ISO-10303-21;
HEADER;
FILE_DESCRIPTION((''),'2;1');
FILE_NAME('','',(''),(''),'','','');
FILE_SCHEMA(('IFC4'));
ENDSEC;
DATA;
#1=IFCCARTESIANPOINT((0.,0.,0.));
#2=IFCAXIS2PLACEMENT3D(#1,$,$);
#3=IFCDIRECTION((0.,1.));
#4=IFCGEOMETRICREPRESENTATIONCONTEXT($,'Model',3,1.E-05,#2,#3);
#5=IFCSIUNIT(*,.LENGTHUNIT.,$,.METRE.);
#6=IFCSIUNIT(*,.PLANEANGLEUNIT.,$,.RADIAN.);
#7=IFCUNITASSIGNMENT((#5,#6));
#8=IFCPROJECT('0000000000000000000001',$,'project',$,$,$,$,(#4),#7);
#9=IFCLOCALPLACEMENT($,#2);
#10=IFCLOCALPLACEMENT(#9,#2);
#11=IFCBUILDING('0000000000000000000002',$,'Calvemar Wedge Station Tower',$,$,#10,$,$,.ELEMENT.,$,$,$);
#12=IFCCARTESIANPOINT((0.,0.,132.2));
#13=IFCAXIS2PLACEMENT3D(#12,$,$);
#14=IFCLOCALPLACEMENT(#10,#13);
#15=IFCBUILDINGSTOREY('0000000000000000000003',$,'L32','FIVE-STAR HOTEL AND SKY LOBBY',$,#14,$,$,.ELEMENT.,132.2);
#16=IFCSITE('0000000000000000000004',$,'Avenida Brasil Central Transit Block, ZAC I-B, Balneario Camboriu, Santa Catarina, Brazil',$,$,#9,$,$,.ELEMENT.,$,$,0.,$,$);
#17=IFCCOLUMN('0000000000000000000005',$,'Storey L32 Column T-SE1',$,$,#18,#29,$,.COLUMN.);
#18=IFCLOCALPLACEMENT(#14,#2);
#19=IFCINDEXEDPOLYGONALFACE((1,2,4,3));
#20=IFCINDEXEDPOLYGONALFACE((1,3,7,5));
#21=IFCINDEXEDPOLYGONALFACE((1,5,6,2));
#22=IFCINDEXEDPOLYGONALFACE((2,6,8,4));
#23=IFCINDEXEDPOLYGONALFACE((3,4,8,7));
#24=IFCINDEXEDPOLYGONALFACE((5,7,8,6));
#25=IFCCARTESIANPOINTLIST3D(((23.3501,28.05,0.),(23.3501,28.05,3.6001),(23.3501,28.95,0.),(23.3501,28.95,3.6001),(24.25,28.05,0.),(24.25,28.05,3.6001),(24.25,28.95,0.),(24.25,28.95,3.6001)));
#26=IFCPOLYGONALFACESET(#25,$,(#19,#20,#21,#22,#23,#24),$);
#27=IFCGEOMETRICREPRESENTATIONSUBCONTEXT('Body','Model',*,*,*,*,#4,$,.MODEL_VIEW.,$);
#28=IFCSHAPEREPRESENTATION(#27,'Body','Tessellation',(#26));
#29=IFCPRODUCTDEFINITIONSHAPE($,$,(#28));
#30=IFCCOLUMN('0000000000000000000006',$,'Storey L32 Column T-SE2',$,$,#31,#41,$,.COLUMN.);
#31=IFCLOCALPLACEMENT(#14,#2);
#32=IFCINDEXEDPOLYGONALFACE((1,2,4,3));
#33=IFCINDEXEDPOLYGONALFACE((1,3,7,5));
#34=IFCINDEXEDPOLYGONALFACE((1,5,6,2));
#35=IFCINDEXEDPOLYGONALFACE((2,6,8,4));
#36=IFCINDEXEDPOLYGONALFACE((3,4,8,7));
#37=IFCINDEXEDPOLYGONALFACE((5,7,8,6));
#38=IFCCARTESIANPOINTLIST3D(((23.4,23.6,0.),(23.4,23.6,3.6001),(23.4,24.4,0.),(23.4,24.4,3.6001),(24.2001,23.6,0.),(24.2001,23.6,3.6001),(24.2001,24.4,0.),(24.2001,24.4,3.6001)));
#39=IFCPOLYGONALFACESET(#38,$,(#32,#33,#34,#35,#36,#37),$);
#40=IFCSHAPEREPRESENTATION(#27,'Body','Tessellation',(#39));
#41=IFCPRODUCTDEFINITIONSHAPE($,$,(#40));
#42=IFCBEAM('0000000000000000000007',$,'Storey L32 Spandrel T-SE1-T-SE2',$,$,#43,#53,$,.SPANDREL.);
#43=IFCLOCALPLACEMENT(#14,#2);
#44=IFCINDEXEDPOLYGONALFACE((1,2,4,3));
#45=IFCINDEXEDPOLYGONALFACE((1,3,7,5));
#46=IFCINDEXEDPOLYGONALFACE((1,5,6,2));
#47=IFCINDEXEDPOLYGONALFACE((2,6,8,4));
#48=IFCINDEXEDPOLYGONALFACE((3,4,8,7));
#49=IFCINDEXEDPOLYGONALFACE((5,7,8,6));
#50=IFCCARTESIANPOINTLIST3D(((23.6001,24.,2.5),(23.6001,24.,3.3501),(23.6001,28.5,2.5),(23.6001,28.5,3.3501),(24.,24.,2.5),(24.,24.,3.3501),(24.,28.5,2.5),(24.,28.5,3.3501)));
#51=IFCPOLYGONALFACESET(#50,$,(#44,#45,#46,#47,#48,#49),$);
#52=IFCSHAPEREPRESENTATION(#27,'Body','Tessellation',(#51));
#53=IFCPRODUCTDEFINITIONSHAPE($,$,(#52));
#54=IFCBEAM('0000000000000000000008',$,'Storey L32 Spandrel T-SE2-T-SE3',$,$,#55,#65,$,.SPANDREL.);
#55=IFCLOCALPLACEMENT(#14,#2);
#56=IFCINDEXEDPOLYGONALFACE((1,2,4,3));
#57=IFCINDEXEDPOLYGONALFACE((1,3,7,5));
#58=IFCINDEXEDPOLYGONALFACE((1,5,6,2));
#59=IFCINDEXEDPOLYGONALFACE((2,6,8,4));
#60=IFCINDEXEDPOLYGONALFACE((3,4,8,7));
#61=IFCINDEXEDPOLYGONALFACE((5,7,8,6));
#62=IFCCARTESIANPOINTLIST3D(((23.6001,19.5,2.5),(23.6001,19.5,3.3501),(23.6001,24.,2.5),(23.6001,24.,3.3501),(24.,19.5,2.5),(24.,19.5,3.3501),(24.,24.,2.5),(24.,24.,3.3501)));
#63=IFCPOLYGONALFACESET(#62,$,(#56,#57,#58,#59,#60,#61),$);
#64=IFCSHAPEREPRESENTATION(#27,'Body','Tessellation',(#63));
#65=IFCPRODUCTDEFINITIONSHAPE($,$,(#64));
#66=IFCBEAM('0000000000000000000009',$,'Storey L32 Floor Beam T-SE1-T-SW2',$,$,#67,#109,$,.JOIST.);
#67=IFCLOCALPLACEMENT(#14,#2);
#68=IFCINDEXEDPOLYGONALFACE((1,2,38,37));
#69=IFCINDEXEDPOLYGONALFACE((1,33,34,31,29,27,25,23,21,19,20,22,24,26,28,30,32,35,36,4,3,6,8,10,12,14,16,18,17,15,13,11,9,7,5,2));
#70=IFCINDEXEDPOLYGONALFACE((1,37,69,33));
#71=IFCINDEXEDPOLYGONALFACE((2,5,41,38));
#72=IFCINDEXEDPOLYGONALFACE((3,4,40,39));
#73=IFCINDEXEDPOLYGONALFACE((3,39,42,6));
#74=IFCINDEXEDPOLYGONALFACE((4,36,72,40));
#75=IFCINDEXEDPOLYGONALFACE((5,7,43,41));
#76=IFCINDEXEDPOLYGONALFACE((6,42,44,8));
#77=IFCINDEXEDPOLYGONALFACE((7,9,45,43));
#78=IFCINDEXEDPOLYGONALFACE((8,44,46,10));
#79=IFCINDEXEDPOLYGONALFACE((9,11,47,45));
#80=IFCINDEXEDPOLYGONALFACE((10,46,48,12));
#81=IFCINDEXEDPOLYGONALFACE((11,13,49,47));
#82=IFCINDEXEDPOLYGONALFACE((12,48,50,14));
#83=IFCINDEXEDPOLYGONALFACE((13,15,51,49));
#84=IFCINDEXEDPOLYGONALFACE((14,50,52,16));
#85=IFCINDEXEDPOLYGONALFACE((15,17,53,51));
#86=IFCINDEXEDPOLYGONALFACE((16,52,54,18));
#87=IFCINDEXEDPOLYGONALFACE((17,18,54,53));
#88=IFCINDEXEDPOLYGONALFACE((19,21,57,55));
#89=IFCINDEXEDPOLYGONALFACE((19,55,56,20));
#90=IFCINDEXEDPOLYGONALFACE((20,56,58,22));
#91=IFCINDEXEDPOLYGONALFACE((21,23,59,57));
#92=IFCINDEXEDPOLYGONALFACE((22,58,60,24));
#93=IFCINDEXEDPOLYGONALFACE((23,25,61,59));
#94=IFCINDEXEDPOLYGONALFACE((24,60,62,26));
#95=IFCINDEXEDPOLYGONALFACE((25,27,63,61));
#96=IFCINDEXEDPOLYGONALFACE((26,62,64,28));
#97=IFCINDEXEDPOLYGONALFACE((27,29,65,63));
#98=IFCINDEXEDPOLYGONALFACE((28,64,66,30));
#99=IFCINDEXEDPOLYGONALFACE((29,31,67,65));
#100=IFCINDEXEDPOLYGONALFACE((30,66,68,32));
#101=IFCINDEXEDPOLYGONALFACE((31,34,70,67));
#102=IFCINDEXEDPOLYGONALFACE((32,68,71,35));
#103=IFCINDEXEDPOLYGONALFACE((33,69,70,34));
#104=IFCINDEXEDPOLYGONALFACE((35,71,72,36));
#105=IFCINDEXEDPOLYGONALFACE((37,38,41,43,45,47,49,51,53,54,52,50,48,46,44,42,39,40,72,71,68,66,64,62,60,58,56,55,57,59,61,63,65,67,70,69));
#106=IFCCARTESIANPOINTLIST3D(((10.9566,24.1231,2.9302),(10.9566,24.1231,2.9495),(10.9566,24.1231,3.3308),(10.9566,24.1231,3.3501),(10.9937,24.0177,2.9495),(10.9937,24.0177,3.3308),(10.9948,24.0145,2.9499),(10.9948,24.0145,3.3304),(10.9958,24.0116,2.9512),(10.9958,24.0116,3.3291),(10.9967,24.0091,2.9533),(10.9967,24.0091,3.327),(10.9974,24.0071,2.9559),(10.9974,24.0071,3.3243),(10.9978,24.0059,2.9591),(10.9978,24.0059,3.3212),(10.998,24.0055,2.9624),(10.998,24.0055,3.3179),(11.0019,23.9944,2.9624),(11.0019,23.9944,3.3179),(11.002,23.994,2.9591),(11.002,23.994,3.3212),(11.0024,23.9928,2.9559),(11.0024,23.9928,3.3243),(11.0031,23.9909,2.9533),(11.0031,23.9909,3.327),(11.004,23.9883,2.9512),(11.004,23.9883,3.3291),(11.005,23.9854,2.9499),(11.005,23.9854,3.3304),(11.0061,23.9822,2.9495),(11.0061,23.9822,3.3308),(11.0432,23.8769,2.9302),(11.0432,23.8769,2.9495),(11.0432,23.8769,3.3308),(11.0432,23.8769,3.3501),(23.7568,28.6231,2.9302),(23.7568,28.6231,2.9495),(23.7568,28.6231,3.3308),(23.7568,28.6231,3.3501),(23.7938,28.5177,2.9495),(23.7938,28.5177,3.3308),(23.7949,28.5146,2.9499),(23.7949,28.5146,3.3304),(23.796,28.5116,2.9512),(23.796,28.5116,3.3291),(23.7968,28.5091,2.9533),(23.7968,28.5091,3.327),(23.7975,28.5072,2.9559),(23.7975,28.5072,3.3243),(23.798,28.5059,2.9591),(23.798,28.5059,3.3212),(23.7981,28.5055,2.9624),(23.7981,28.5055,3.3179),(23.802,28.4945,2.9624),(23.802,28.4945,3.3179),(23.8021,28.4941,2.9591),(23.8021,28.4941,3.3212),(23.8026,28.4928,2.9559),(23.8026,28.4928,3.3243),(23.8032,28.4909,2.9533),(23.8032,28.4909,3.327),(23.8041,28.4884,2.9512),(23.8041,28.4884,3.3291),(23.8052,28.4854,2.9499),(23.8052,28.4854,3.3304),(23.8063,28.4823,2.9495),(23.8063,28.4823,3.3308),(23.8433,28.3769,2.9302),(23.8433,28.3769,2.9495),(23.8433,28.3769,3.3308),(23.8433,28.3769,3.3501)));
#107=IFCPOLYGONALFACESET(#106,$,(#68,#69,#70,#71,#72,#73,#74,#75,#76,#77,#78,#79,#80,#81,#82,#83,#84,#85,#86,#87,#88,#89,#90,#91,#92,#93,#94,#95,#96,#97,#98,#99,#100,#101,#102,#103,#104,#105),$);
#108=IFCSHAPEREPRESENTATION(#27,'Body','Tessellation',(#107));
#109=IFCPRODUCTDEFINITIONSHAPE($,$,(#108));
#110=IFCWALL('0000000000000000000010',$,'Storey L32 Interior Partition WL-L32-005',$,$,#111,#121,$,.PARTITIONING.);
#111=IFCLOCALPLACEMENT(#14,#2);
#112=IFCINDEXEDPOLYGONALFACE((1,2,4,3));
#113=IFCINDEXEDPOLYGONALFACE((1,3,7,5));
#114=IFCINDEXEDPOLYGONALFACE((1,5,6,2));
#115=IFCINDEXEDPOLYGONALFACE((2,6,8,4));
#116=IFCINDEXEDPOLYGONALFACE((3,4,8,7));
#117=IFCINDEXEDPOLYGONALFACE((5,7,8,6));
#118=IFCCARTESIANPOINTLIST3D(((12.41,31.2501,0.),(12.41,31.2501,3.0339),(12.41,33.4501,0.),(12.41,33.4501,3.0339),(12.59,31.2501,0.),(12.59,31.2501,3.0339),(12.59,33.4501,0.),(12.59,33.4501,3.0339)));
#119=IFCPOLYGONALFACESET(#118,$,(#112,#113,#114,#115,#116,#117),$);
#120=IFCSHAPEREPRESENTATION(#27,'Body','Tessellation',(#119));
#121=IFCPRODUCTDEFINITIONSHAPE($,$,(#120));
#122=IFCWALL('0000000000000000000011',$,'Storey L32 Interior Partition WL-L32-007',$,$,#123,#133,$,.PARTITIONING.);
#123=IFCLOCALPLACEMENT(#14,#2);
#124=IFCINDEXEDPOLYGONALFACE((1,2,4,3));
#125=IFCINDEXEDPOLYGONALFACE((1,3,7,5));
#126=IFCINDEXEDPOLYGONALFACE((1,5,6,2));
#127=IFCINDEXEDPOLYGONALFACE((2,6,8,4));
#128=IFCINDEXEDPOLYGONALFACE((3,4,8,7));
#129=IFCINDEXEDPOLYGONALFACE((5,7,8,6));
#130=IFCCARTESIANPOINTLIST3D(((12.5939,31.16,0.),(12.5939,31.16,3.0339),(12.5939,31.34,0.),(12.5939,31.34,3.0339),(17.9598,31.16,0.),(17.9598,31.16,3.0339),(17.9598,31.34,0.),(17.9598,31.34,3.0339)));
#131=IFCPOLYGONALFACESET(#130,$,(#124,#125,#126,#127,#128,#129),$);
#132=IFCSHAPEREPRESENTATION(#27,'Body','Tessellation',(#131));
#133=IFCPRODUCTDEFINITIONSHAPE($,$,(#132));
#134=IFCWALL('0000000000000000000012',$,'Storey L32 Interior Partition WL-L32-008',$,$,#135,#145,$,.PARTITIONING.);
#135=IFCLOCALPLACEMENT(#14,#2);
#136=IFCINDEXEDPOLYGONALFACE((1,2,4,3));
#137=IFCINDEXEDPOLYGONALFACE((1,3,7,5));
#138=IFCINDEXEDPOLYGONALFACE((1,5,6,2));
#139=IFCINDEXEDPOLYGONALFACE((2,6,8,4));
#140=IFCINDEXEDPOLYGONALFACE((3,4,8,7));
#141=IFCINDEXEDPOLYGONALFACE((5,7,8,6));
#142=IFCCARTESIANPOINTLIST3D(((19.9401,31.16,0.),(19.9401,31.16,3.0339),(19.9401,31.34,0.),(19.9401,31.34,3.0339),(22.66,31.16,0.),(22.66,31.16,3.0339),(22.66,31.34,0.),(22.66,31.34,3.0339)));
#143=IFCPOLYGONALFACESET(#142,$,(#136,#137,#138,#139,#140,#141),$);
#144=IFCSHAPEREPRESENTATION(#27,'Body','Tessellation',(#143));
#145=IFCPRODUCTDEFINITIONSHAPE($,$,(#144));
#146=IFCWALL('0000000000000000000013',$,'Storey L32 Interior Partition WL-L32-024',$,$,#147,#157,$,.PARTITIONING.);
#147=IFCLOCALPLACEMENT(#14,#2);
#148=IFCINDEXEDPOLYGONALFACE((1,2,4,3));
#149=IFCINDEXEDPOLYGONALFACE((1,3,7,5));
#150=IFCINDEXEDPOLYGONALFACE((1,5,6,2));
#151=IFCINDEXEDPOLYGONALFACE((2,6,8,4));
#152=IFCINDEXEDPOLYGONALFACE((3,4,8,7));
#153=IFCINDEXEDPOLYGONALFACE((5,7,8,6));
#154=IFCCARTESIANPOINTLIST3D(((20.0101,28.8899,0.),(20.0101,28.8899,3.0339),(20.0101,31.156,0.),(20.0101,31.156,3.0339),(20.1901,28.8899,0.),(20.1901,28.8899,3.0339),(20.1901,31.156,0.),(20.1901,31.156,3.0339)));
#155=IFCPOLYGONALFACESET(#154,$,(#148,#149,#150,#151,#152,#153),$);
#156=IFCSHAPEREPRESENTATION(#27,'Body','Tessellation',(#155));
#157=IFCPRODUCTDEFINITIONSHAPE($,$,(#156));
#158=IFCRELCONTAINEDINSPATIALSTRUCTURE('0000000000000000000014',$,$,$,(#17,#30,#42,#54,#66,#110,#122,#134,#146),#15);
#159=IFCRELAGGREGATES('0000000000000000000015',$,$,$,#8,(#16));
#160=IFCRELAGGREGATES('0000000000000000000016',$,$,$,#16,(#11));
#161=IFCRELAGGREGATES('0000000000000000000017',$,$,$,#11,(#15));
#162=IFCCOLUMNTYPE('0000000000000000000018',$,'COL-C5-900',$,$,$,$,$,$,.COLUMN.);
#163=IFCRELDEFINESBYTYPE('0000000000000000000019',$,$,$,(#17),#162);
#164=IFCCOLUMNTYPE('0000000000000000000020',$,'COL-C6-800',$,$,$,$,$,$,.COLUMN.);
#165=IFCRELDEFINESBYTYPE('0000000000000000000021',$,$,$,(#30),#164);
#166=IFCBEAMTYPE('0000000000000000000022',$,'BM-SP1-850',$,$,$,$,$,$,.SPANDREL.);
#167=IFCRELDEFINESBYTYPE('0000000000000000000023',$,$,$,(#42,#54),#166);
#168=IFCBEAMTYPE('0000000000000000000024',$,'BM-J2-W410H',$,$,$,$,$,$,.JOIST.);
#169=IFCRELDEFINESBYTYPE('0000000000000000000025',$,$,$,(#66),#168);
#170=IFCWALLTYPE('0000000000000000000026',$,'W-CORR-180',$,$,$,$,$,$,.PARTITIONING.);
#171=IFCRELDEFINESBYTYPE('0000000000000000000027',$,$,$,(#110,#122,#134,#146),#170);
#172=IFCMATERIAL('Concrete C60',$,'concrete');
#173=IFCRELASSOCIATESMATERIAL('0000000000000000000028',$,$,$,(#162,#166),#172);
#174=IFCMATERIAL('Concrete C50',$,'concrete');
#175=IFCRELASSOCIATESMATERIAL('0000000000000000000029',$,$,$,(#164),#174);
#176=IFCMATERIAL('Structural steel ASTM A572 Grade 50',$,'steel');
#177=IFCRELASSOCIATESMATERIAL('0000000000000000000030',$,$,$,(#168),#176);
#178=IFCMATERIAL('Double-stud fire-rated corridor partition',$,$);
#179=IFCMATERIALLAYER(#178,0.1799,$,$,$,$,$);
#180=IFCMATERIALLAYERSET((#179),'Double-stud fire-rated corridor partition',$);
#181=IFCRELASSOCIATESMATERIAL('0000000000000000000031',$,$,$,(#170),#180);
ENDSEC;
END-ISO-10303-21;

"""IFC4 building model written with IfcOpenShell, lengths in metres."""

from ifc_helpers import new_model, si_unit, direction, frame, frame_2d, origin, origin_2d, place, context, subcontext, project, spatial, rectangle, i_section, extrude, source, transform, mapped, material, layer, layer_set, material_profile, profile_set, type_object, element, save


model = new_model("IFC4")

# Units and contexts
model_context = context("Model", 3, precision=1e-05, world=origin(), true_north=direction((0.0, 1.0)))
body_context = subcontext(model_context, "Body", "Model", "MODEL_VIEW")
ifc_project = project(units=[si_unit("LENGTHUNIT", "METRE"), si_unit("PLANEANGLEUNIT", "RADIAN")], contexts=[model_context])

# Site, building, storey
site_placement = place(None, origin())
site = spatial("IfcSite", under=ifc_project, at=site_placement, Name="Avenida Brasil Central Transit Block, ZAC I-B, Balneario Camboriu, Santa Catarina, Brazil", CompositionType="ELEMENT", RefElevation=0.0)
building_placement = place(site_placement, origin())
building = spatial("IfcBuilding", under=site, at=building_placement, Name="Calvemar Wedge Station Tower", CompositionType="ELEMENT")
storey_placement = place(building_placement, frame((0.0, 0.0, 132.2)))
storey = spatial("IfcBuildingStorey", under=building, at=storey_placement, Name="L32", Description="FIVE-STAR HOTEL AND SKY LOBBY", CompositionType="ELEMENT", Elevation=132.2)

# Columns
ifc_material_1 = material(Name="Concrete C60", Category="concrete")
ifc_material_profile_1 = material_profile(ifc_material_1, rectangle(XDim=0.8999, YDim=0.8999, at=origin_2d()), Name="RC900x900")
ifc_profile_set_1 = profile_set([ifc_material_profile_1], Name="Concrete C60")
column_type_1 = type_object("IfcColumnType", Name="COL-C5-900", PredefinedType="COLUMN", material=ifc_profile_set_1)
shared_shape_1 = source(origin(), body_context, "Body", "SweptSolid", [
    extrude(rectangle(XDim=0.8999, YDim=0.8999, at=origin_2d()), origin(), (0.0, 0.0, 1.0), 3.6001),
])
column_1_placement = place(storey_placement, frame((23.8, 28.5, 0.0), z_axis=(0.0, 0.0, 1.0), x_axis=(1.0, 0.0, 0.0)))
element("IfcColumn", 1, at=column_1_placement, inside=storey, type_object=column_type_1, Name="Storey L32 Column T-SE1", PredefinedType="COLUMN", context=body_context, shape_type="MappedRepresentation", body=[
    mapped(shared_shape_1, transform((0.0, 0.0, 0.0), scale=1.0)),
])
ifc_material_2 = material(Name="Concrete C50", Category="concrete")
ifc_material_profile_2 = material_profile(ifc_material_2, rectangle(XDim=0.8, YDim=0.8, at=origin_2d()), Name="RC800x800")
ifc_profile_set_2 = profile_set([ifc_material_profile_2], Name="Concrete C50")
column_type_2 = type_object("IfcColumnType", Name="COL-C6-800", PredefinedType="COLUMN", material=ifc_profile_set_2)
shared_shape_2 = source(origin(), body_context, "Body", "SweptSolid", [
    extrude(rectangle(XDim=0.8, YDim=0.8, at=origin_2d()), origin(), (0.0, 0.0, 1.0), 3.6001),
])
column_2_placement = place(storey_placement, frame((23.8, 24.0, 0.0), z_axis=(0.0, 0.0, 1.0), x_axis=(1.0, 0.0, 0.0)))
element("IfcColumn", 2, at=column_2_placement, inside=storey, type_object=column_type_2, Name="Storey L32 Column T-SE2", PredefinedType="COLUMN", context=body_context, shape_type="MappedRepresentation", body=[
    mapped(shared_shape_2, transform((0.0, 0.0, 0.0), scale=1.0)),
])

# Beams
ifc_material_profile_3 = material_profile(ifc_material_1, rectangle(XDim=0.3999, YDim=0.8501, at=origin_2d()), Name="RC400x850")
ifc_profile_set_3 = profile_set([ifc_material_profile_3], Name="Concrete C60")
beam_type_1 = type_object("IfcBeamType", Name="BM-SP1-850", PredefinedType="SPANDREL", material=ifc_profile_set_3)
shared_shape_3 = source(origin(), body_context, "Body", "SweptSolid", [
    extrude(rectangle(XDim=0.3999, YDim=0.8501, at=origin_2d()), origin(), (0.0, 0.0, 1.0), 4.5),
])
for number, where, z_axis, x_axis, name in (
    (3, (23.8, 28.5, 2.925), (0.0, -1.0, 0.0), (1.0, 0.0, 0.0), "Storey L32 Spandrel T-SE1-T-SE2"),
    (4, (23.8, 24.0, 2.925), (0.0, -1.0, 0.0), (1.0, 0.0, 0.0), "Storey L32 Spandrel T-SE2-T-SE3"),
):
    element("IfcBeam", number, at=place(storey_placement, frame(where, z_axis=z_axis, x_axis=x_axis)), inside=storey, type_object=beam_type_1, Name=name, PredefinedType="SPANDREL", context=body_context, shape_type="MappedRepresentation", body=[
        mapped(shared_shape_3, transform((0.0, 0.0, 0.0), scale=1.0)),
    ])
ifc_material_3 = material(Name="Structural steel ASTM A572 Grade 50", Category="steel")
ifc_material_profile_4 = material_profile(ifc_material_3, i_section(OverallWidth=0.261, OverallDepth=0.4199, WebThickness=0.0117, FlangeThickness=0.0193, FilletRadius=0.0129, at=origin_2d()), Name="W410x114")
ifc_profile_set_4 = profile_set([ifc_material_profile_4], Name="Structural steel ASTM A572 Grade 50")
beam_type_2 = type_object("IfcBeamType", Name="BM-J2-W410H", PredefinedType="JOIST", material=ifc_profile_set_4)
shared_shape_4 = source(origin(), body_context, "Body", "SweptSolid", [
    extrude(i_section(OverallWidth=0.261, OverallDepth=0.4199, WebThickness=0.0117, FlangeThickness=0.0193, FilletRadius=0.0129, at=origin_2d()), origin(), (0.0, 0.0, 1.0), 13.5681),
])
beam_placement = place(storey_placement, frame((23.8, 28.5, 3.1401), z_axis=(-0.943398, -0.331662, 0.0), x_axis=(0.331662, -0.943398, 0.0)))
element("IfcBeam", 5, at=beam_placement, inside=storey, type_object=beam_type_2, Name="Storey L32 Floor Beam T-SE1-T-SW2", PredefinedType="JOIST", context=body_context, shape_type="MappedRepresentation", body=[
    mapped(shared_shape_4, transform((0.0, 0.0, 0.0), scale=1.0)),
])

# Walls
ifc_material_4 = material(Name="Double-stud fire-rated corridor partition")
ifc_layer_1 = layer(ifc_material_4, 0.1799)
ifc_layer_set_1 = layer_set([ifc_layer_1], Name="Double-stud fire-rated corridor partition")
wall_type_1 = type_object("IfcWallType", Name="W-CORR-180", PredefinedType="PARTITIONING", material=ifc_layer_set_1)
wall_1_placement = place(storey_placement, frame((12.5, 31.25, 0.0), z_axis=(0.0, 0.0, 1.0), x_axis=(0.0, 1.0, 0.0)))
element("IfcWall", 6, at=wall_1_placement, inside=storey, type_object=wall_type_1, Name="Storey L32 Interior Partition WL-L32-005", PredefinedType="PARTITIONING", context=body_context, shape_type="SweptSolid", body=[
    extrude(rectangle(XDim=2.2, YDim=0.1799, at=frame_2d((1.1001, 0.0))), origin(), (0.0, 0.0, 1.0), 3.0339),
])
wall_2_placement = place(storey_placement, frame((17.96, 31.25, 0.0), z_axis=(0.0, 0.0, 1.0), x_axis=(-1.0, 0.0, 0.0)))
element("IfcWall", 7, at=wall_2_placement, inside=storey, type_object=wall_type_1, Name="Storey L32 Interior Partition WL-L32-007", PredefinedType="PARTITIONING", context=body_context, shape_type="SweptSolid", body=[
    extrude(rectangle(XDim=5.366, YDim=0.1799, at=frame_2d((2.6831, 0.0))), origin(), (0.0, 0.0, 1.0), 3.0339),
])
wall_3_placement = place(storey_placement, frame((22.6599, 31.25, 0.0), z_axis=(0.0, 0.0, 1.0), x_axis=(-1.0, 0.0, 0.0)))
element("IfcWall", 8, at=wall_3_placement, inside=storey, type_object=wall_type_1, Name="Storey L32 Interior Partition WL-L32-008", PredefinedType="PARTITIONING", context=body_context, shape_type="SweptSolid", body=[
    extrude(rectangle(XDim=2.72, YDim=0.1799, at=frame_2d((1.3599, 0.0))), origin(), (0.0, 0.0, 1.0), 3.0339),
])
wall_4_placement = place(storey_placement, frame((20.1001, 31.156, 0.0), z_axis=(0.0, 0.0, 1.0), x_axis=(0.0, -1.0, 0.0)))
element("IfcWall", 9, at=wall_4_placement, inside=storey, type_object=wall_type_1, Name="Storey L32 Interior Partition WL-L32-024", PredefinedType="PARTITIONING", context=body_context, shape_type="SweptSolid", body=[
    extrude(rectangle(XDim=2.2661, YDim=0.1799, at=frame_2d((1.1331, 0.0))), origin(), (0.0, 0.0, 1.0), 3.0339),
])

save(model, "model.ifc")
